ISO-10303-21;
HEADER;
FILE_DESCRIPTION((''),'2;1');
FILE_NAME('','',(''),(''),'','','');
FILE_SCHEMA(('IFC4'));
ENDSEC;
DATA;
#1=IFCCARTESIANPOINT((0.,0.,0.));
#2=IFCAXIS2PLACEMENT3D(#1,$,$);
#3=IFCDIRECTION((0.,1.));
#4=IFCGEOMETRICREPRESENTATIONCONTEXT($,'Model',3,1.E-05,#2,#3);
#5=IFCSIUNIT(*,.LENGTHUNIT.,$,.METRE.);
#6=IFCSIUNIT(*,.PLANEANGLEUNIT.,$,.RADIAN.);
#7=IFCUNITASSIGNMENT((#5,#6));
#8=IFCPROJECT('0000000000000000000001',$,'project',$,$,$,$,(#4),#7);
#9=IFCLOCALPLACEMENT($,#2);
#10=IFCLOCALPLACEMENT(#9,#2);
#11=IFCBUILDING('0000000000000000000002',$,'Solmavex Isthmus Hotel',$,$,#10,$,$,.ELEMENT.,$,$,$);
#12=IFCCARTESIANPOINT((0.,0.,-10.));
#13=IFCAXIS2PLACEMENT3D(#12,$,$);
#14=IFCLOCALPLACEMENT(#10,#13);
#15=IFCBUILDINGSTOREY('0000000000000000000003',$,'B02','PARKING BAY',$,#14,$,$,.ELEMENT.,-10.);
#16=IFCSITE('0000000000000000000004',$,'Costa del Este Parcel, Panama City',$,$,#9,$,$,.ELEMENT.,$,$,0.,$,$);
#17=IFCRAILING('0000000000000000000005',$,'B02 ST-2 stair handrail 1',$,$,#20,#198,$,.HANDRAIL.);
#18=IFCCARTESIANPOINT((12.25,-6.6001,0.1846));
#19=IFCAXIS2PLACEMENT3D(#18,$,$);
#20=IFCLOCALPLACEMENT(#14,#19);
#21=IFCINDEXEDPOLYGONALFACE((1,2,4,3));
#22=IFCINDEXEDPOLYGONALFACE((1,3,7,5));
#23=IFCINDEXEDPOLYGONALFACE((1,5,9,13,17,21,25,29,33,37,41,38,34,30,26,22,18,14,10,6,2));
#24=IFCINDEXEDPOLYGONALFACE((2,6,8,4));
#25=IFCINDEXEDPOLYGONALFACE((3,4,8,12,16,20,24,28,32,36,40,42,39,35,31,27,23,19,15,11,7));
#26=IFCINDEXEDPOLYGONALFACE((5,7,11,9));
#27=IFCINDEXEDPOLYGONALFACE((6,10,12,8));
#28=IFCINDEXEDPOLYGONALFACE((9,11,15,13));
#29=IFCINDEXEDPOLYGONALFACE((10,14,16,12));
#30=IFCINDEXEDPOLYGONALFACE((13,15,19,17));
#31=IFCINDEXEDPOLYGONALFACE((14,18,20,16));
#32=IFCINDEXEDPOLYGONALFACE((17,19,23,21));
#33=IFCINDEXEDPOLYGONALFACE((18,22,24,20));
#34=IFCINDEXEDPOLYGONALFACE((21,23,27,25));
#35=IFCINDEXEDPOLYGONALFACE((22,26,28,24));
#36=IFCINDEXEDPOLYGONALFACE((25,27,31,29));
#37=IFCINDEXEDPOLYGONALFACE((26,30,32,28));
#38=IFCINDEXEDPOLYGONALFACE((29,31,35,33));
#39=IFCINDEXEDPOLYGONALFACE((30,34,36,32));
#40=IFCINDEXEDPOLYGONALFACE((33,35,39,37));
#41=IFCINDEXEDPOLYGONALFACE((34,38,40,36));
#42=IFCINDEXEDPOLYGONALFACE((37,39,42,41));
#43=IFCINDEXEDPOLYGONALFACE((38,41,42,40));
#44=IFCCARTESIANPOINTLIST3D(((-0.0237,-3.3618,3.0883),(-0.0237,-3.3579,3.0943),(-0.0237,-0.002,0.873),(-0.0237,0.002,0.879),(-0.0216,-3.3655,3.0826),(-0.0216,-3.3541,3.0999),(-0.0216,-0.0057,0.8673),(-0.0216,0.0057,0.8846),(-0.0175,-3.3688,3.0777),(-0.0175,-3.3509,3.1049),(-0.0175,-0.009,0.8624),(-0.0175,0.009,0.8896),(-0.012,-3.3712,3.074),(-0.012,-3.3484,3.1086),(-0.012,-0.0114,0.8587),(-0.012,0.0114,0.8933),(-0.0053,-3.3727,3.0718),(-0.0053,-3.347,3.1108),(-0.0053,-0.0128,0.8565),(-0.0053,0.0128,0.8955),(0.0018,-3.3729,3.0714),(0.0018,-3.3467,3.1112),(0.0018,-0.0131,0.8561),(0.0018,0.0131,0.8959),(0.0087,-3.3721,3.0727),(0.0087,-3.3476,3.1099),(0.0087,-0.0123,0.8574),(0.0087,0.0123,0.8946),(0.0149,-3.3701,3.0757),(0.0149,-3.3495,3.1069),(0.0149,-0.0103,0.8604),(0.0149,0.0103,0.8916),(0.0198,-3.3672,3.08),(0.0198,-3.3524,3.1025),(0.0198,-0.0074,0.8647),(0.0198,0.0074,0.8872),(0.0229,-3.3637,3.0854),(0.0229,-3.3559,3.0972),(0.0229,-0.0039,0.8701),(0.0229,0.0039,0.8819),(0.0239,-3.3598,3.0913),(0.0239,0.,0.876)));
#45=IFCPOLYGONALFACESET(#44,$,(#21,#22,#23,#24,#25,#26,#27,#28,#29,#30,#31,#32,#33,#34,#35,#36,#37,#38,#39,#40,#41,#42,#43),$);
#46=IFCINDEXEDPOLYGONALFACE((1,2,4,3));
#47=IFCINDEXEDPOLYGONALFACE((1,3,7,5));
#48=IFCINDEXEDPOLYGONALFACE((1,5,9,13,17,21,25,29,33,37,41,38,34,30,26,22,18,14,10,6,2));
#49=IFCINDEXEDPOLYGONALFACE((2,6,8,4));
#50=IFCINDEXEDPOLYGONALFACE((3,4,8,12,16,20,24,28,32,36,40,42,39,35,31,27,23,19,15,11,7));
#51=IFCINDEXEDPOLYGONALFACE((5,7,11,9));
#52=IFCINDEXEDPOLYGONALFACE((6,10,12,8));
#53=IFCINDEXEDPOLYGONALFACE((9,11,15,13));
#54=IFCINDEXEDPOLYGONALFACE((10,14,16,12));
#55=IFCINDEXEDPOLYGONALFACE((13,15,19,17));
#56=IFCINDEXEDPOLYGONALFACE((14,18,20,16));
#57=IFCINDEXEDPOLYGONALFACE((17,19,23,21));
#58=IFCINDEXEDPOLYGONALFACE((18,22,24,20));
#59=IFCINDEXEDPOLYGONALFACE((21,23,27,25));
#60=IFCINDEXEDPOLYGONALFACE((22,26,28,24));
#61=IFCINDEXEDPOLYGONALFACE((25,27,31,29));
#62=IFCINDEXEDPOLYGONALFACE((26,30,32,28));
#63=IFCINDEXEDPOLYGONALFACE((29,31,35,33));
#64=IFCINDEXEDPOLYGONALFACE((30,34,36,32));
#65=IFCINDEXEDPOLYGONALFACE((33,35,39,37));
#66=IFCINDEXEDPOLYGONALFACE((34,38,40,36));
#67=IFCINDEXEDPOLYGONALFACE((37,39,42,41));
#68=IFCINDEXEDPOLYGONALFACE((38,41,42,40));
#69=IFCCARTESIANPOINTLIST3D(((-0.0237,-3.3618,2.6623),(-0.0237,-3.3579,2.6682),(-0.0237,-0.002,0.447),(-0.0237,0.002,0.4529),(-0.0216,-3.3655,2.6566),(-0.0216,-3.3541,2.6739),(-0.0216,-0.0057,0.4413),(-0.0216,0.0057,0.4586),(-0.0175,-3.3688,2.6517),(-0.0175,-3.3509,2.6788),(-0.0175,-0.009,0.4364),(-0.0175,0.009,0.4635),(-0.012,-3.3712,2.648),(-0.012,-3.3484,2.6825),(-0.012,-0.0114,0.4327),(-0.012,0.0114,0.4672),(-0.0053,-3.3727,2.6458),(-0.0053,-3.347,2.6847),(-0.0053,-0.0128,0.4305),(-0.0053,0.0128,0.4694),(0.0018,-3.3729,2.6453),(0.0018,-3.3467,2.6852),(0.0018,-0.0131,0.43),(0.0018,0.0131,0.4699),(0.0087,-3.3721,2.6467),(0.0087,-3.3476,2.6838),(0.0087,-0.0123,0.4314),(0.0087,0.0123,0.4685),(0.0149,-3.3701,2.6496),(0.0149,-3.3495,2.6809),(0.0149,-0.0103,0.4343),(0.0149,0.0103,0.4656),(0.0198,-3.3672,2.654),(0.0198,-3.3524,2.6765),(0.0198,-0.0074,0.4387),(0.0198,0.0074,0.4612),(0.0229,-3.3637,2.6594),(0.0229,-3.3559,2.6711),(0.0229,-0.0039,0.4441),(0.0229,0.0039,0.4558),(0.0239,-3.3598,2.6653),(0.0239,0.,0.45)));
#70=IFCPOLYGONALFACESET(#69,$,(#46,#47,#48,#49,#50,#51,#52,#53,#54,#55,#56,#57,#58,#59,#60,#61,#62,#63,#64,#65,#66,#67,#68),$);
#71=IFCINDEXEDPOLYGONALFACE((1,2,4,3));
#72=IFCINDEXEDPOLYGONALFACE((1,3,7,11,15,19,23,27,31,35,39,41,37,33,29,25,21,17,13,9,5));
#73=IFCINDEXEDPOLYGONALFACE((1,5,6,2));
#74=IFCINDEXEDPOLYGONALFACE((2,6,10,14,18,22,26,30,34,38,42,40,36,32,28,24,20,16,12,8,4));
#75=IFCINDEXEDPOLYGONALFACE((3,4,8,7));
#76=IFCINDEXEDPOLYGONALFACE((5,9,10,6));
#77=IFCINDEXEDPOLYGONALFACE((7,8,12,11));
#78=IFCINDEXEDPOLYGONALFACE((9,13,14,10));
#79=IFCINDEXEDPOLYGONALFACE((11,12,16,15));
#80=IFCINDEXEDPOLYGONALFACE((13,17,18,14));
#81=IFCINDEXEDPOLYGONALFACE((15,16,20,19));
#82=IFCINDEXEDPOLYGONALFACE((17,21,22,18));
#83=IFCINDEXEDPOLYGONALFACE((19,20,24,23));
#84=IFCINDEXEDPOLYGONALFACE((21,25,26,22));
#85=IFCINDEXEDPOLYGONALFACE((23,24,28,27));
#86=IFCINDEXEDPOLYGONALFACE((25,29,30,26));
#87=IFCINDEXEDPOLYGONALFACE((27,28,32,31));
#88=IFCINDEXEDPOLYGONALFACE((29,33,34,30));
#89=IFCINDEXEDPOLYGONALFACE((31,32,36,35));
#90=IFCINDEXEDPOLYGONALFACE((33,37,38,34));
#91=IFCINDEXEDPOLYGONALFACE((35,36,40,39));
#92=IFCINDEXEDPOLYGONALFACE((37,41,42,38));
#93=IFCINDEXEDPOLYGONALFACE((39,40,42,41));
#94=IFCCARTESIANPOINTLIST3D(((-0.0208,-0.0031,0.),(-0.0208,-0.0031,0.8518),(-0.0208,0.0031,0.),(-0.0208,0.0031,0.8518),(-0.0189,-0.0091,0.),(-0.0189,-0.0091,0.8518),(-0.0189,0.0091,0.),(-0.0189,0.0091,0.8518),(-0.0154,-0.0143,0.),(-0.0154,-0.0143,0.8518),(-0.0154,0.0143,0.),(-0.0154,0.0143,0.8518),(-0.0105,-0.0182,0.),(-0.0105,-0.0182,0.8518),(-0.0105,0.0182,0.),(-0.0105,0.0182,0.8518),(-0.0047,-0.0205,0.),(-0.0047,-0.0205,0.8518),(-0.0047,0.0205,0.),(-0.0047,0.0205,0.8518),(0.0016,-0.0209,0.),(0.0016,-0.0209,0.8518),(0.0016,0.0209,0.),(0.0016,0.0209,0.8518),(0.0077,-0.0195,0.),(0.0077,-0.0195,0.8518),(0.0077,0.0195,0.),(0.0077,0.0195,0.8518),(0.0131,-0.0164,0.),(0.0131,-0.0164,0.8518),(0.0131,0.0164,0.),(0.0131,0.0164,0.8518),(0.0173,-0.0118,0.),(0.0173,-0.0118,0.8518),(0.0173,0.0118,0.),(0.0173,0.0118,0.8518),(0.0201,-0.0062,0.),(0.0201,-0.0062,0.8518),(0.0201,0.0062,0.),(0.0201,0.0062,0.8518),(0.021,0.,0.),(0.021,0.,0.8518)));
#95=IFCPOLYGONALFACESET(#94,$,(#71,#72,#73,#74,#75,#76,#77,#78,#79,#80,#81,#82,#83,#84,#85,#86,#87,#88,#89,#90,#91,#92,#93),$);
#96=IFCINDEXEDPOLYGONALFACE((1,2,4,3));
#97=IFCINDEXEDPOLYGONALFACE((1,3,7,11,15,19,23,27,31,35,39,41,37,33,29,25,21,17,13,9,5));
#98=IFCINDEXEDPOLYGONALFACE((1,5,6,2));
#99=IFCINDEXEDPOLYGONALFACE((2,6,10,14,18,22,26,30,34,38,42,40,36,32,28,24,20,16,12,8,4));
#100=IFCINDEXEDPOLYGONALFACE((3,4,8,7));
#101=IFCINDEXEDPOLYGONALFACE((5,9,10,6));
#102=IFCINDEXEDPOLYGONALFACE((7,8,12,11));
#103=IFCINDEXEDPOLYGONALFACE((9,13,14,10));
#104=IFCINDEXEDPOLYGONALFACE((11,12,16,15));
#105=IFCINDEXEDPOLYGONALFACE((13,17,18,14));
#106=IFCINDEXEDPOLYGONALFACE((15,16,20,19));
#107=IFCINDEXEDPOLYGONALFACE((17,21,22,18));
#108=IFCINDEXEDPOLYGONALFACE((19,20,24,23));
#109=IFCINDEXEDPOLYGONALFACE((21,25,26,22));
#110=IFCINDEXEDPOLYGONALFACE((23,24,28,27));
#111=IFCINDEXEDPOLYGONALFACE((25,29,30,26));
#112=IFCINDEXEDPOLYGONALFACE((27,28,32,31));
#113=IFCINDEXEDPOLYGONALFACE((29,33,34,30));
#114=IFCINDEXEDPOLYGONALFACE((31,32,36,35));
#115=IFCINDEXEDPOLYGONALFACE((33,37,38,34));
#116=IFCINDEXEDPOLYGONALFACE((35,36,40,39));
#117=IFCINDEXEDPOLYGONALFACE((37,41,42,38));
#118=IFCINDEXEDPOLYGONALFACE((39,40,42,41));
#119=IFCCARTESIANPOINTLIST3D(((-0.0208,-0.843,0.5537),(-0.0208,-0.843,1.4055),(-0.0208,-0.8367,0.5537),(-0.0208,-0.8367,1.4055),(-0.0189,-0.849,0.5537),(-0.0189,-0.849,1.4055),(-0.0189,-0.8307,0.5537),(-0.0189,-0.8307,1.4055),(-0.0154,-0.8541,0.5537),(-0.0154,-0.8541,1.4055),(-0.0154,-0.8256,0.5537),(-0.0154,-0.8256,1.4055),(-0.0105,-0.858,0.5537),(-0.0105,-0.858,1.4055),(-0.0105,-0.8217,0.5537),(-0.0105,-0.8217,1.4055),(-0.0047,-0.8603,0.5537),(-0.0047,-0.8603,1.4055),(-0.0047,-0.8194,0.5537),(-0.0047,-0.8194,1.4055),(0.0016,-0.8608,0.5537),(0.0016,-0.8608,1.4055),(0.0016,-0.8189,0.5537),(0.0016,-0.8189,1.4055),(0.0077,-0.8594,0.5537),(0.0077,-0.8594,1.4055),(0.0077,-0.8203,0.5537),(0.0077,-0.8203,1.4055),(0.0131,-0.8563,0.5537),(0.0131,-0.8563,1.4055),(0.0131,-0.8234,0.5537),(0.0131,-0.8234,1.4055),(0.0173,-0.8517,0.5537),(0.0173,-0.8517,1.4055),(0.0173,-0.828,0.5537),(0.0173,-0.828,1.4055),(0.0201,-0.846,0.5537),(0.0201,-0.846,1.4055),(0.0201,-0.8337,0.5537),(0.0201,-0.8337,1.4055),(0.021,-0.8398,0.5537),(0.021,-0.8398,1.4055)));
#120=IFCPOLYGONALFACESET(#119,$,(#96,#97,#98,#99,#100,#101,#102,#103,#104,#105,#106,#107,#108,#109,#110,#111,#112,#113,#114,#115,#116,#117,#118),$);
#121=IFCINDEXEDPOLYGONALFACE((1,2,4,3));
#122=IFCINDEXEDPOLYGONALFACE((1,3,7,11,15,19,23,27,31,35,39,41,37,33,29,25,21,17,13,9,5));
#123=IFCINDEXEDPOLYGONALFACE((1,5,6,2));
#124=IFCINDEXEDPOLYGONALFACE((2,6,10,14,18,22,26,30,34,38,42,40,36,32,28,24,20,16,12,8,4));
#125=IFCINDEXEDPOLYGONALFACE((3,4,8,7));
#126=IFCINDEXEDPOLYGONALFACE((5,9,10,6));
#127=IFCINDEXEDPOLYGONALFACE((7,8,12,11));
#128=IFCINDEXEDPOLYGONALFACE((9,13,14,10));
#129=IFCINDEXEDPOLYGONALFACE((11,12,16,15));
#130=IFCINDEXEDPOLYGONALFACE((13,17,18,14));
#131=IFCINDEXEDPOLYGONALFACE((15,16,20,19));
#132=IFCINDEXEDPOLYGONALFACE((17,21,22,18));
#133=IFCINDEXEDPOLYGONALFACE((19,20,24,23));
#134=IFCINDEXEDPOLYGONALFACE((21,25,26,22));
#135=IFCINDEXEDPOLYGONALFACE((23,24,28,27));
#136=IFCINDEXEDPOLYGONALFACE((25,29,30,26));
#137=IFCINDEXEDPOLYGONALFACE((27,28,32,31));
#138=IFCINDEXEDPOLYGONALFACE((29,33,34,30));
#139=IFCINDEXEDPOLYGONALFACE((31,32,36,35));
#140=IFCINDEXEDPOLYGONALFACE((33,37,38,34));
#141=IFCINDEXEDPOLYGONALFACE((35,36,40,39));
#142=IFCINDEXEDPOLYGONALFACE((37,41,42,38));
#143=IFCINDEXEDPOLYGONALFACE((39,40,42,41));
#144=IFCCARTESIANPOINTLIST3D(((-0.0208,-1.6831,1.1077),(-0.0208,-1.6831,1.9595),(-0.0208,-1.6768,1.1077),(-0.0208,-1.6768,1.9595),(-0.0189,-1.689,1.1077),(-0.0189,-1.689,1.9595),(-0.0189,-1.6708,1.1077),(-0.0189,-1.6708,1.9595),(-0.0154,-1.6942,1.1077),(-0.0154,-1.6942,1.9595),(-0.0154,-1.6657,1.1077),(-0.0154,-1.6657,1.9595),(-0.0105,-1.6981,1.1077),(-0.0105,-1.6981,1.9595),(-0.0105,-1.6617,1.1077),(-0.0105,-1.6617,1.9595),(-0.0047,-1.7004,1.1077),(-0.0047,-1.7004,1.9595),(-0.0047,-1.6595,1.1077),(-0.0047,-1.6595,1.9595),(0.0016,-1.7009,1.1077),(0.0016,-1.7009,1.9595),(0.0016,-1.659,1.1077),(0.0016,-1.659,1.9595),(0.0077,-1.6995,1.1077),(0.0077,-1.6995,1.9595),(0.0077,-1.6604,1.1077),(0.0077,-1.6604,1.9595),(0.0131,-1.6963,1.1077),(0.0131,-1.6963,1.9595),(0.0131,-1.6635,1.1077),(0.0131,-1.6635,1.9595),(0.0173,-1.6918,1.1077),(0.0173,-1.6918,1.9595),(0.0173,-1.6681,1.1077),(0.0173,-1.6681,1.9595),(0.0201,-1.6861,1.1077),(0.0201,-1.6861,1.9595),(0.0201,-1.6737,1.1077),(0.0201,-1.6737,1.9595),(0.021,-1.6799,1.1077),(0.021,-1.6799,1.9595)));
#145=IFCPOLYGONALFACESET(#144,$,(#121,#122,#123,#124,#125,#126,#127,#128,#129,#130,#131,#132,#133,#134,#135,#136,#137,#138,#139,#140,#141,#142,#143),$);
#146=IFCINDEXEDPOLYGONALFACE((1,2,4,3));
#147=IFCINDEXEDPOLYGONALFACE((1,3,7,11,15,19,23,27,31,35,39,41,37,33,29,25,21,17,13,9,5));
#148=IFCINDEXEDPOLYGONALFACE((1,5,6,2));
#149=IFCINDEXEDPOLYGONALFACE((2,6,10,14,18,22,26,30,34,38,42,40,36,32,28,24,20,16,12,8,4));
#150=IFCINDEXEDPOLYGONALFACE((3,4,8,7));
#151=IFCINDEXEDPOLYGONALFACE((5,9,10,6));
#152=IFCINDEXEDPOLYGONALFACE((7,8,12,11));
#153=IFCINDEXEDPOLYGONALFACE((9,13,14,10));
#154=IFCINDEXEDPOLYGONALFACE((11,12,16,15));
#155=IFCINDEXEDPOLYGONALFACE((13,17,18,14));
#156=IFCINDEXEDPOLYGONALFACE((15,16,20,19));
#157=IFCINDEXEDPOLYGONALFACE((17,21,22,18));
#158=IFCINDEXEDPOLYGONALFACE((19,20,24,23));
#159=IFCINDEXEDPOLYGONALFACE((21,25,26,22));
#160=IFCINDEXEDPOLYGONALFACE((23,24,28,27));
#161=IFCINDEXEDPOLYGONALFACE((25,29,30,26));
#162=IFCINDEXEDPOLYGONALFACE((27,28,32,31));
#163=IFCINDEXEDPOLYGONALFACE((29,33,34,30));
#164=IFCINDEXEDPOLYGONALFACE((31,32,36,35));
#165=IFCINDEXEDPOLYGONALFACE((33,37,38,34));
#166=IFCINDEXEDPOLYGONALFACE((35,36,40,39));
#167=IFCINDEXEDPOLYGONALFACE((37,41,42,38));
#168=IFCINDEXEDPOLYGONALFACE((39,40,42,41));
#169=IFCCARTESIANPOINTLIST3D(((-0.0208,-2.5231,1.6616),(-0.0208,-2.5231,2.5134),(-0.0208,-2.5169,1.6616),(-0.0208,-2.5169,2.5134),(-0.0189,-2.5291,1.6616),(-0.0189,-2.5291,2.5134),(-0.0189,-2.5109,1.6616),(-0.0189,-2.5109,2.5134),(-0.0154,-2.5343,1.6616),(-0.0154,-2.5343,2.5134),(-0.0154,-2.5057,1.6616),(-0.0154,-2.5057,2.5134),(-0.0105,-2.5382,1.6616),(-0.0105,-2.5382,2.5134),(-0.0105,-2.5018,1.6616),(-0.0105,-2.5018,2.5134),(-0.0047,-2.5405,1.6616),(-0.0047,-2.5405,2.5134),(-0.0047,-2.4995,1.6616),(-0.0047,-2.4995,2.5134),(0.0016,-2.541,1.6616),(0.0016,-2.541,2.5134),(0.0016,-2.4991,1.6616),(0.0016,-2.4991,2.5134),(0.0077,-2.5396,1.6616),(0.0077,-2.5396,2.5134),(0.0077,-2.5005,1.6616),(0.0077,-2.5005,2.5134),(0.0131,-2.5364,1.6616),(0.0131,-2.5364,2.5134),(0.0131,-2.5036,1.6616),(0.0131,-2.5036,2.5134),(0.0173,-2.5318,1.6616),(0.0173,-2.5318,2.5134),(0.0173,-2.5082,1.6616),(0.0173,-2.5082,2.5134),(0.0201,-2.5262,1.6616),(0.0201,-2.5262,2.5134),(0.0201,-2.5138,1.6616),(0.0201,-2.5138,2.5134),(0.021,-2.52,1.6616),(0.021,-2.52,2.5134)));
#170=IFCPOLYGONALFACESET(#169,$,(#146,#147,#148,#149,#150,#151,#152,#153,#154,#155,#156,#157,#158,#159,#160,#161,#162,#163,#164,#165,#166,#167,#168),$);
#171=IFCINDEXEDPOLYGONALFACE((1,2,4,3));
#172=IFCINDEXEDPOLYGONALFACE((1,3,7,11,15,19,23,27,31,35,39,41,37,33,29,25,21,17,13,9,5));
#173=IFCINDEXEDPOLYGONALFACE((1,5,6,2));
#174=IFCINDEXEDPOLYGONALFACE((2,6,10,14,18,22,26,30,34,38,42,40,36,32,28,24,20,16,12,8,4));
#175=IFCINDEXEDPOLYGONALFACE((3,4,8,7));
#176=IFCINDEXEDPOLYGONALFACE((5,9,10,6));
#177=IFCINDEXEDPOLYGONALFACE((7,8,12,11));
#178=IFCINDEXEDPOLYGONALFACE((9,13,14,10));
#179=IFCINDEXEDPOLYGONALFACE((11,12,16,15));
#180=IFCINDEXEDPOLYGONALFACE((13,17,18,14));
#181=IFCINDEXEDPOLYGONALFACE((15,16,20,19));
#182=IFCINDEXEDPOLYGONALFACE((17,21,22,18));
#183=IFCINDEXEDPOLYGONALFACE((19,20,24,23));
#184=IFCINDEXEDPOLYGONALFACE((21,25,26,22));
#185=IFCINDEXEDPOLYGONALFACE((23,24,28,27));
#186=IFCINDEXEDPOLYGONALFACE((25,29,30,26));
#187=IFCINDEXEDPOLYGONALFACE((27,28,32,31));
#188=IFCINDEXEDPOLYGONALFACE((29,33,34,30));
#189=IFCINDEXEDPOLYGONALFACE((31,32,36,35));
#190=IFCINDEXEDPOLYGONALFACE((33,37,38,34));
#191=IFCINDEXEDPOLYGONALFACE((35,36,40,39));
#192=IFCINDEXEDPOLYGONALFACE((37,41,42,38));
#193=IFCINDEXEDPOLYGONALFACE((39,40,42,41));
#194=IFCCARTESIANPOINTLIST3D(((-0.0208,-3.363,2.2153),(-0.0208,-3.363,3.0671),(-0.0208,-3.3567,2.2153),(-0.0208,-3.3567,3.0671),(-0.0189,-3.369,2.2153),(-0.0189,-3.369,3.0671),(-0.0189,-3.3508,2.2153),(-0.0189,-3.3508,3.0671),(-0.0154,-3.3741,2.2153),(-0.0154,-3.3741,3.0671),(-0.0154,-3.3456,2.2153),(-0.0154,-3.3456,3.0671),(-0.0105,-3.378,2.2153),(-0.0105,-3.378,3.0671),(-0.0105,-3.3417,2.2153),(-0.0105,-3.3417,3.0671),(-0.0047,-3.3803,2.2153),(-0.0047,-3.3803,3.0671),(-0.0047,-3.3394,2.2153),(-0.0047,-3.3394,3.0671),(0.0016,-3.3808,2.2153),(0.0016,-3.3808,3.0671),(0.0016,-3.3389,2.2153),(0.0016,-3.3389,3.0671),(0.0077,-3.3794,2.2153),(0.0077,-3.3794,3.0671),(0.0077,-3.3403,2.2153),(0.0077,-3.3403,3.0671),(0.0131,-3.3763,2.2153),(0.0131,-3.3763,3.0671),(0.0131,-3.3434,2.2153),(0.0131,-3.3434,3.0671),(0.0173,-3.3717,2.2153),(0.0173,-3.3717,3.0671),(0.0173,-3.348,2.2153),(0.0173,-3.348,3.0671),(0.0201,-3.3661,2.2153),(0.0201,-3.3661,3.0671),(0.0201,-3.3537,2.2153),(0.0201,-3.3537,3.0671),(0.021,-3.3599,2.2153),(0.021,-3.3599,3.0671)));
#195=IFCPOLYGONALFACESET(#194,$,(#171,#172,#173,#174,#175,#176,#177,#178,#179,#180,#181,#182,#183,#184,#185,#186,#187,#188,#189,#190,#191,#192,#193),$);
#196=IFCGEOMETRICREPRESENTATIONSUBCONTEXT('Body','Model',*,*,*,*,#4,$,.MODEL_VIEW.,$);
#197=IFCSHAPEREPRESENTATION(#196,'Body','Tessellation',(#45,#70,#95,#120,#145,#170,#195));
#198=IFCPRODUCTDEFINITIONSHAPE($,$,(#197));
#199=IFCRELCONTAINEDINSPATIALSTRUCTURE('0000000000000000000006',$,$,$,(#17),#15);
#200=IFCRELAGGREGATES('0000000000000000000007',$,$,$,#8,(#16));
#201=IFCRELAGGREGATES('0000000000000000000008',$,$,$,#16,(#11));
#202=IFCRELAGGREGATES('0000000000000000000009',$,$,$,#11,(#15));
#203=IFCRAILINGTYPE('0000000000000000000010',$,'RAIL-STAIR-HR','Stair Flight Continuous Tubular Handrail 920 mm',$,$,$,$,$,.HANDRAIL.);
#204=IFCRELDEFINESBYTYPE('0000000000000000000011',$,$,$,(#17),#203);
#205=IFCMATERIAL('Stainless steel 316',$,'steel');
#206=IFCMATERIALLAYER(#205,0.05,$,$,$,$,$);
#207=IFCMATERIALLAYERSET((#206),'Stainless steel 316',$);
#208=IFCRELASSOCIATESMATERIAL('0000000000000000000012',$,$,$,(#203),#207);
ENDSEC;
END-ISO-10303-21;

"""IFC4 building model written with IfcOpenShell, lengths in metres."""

from ifc_helpers import new_model, si_unit, direction, frame, origin, origin_2d, place, context, subcontext, project, spatial, circle, extrude, material, layer, layer_set, type_object, element, save


model = new_model("IFC4")

# Units and contexts
model_context = context("Model", 3, precision=1e-05, world=origin(), true_north=direction((0.0, 1.0)))
body_context = subcontext(model_context, "Body", "Model", "MODEL_VIEW")
ifc_project = project(units=[si_unit("LENGTHUNIT", "METRE"), si_unit("PLANEANGLEUNIT", "RADIAN")], contexts=[model_context])

# Site, building, storey
site_placement = place(None, origin())
site = spatial("IfcSite", under=ifc_project, at=site_placement, Name="Costa del Este Parcel, Panama City", CompositionType="ELEMENT", RefElevation=0.0)
building_placement = place(site_placement, origin())
building = spatial("IfcBuilding", under=site, at=building_placement, Name="Solmavex Isthmus Hotel", CompositionType="ELEMENT")
storey_placement = place(building_placement, frame((0.0, 0.0, -10.0)))
storey = spatial("IfcBuildingStorey", under=building, at=storey_placement, Name="B02", Description="PARKING BAY", CompositionType="ELEMENT", Elevation=-10.0)

# Railing
ifc_material_1 = material(Name="Stainless steel 316", Category="steel")
ifc_layer_1 = layer(ifc_material_1, 0.05)
ifc_layer_set_1 = layer_set([ifc_layer_1], Name="Stainless steel 316")
railing_type_1 = type_object("IfcRailingType", Name="RAIL-STAIR-HR", Description="Stair Flight Continuous Tubular Handrail 920 mm", PredefinedType="HANDRAIL", material=ifc_layer_set_1)
railing_1_placement = place(storey_placement, frame((12.25, -6.6001, 0.1846)))
element("IfcRailing", 1, at=railing_1_placement, inside=storey, type_object=railing_type_1, Name="B02 ST-2 stair handrail 1", PredefinedType="HANDRAIL", context=body_context, shape_type="SweptSolid", body=[
    extrude(circle(Radius=0.0239, at=origin_2d()), frame((0.0, 0.0, 0.876), z_axis=(0.0, -0.834858, 0.550465), x_axis=(1.0, 0.0, 0.0)), (0.0, 0.0, 1.0), 4.0244),
    extrude(circle(Radius=0.0239, at=origin_2d()), frame((0.0, 0.0, 0.45), z_axis=(0.0, -0.834858, 0.550465), x_axis=(1.0, 0.0, 0.0)), (0.0, 0.0, 1.0), 4.0244),
    extrude(circle(Radius=0.021, at=origin_2d()), origin(), (0.0, 0.0, 1.0), 0.8518),
    extrude(circle(Radius=0.021, at=origin_2d()), frame((0.0, -0.8398, 0.5537)), (0.0, 0.0, 1.0), 0.8518),
    extrude(circle(Radius=0.021, at=origin_2d()), frame((0.0, -1.6799, 1.1077)), (0.0, 0.0, 1.0), 0.8518),
    extrude(circle(Radius=0.021, at=origin_2d()), frame((0.0, -2.52, 1.6616)), (0.0, 0.0, 1.0), 0.8518),
    extrude(circle(Radius=0.021, at=origin_2d()), frame((0.0, -3.3599, 2.2153)), (0.0, 0.0, 1.0), 0.8518),
])

save(model, "model.ifc")
